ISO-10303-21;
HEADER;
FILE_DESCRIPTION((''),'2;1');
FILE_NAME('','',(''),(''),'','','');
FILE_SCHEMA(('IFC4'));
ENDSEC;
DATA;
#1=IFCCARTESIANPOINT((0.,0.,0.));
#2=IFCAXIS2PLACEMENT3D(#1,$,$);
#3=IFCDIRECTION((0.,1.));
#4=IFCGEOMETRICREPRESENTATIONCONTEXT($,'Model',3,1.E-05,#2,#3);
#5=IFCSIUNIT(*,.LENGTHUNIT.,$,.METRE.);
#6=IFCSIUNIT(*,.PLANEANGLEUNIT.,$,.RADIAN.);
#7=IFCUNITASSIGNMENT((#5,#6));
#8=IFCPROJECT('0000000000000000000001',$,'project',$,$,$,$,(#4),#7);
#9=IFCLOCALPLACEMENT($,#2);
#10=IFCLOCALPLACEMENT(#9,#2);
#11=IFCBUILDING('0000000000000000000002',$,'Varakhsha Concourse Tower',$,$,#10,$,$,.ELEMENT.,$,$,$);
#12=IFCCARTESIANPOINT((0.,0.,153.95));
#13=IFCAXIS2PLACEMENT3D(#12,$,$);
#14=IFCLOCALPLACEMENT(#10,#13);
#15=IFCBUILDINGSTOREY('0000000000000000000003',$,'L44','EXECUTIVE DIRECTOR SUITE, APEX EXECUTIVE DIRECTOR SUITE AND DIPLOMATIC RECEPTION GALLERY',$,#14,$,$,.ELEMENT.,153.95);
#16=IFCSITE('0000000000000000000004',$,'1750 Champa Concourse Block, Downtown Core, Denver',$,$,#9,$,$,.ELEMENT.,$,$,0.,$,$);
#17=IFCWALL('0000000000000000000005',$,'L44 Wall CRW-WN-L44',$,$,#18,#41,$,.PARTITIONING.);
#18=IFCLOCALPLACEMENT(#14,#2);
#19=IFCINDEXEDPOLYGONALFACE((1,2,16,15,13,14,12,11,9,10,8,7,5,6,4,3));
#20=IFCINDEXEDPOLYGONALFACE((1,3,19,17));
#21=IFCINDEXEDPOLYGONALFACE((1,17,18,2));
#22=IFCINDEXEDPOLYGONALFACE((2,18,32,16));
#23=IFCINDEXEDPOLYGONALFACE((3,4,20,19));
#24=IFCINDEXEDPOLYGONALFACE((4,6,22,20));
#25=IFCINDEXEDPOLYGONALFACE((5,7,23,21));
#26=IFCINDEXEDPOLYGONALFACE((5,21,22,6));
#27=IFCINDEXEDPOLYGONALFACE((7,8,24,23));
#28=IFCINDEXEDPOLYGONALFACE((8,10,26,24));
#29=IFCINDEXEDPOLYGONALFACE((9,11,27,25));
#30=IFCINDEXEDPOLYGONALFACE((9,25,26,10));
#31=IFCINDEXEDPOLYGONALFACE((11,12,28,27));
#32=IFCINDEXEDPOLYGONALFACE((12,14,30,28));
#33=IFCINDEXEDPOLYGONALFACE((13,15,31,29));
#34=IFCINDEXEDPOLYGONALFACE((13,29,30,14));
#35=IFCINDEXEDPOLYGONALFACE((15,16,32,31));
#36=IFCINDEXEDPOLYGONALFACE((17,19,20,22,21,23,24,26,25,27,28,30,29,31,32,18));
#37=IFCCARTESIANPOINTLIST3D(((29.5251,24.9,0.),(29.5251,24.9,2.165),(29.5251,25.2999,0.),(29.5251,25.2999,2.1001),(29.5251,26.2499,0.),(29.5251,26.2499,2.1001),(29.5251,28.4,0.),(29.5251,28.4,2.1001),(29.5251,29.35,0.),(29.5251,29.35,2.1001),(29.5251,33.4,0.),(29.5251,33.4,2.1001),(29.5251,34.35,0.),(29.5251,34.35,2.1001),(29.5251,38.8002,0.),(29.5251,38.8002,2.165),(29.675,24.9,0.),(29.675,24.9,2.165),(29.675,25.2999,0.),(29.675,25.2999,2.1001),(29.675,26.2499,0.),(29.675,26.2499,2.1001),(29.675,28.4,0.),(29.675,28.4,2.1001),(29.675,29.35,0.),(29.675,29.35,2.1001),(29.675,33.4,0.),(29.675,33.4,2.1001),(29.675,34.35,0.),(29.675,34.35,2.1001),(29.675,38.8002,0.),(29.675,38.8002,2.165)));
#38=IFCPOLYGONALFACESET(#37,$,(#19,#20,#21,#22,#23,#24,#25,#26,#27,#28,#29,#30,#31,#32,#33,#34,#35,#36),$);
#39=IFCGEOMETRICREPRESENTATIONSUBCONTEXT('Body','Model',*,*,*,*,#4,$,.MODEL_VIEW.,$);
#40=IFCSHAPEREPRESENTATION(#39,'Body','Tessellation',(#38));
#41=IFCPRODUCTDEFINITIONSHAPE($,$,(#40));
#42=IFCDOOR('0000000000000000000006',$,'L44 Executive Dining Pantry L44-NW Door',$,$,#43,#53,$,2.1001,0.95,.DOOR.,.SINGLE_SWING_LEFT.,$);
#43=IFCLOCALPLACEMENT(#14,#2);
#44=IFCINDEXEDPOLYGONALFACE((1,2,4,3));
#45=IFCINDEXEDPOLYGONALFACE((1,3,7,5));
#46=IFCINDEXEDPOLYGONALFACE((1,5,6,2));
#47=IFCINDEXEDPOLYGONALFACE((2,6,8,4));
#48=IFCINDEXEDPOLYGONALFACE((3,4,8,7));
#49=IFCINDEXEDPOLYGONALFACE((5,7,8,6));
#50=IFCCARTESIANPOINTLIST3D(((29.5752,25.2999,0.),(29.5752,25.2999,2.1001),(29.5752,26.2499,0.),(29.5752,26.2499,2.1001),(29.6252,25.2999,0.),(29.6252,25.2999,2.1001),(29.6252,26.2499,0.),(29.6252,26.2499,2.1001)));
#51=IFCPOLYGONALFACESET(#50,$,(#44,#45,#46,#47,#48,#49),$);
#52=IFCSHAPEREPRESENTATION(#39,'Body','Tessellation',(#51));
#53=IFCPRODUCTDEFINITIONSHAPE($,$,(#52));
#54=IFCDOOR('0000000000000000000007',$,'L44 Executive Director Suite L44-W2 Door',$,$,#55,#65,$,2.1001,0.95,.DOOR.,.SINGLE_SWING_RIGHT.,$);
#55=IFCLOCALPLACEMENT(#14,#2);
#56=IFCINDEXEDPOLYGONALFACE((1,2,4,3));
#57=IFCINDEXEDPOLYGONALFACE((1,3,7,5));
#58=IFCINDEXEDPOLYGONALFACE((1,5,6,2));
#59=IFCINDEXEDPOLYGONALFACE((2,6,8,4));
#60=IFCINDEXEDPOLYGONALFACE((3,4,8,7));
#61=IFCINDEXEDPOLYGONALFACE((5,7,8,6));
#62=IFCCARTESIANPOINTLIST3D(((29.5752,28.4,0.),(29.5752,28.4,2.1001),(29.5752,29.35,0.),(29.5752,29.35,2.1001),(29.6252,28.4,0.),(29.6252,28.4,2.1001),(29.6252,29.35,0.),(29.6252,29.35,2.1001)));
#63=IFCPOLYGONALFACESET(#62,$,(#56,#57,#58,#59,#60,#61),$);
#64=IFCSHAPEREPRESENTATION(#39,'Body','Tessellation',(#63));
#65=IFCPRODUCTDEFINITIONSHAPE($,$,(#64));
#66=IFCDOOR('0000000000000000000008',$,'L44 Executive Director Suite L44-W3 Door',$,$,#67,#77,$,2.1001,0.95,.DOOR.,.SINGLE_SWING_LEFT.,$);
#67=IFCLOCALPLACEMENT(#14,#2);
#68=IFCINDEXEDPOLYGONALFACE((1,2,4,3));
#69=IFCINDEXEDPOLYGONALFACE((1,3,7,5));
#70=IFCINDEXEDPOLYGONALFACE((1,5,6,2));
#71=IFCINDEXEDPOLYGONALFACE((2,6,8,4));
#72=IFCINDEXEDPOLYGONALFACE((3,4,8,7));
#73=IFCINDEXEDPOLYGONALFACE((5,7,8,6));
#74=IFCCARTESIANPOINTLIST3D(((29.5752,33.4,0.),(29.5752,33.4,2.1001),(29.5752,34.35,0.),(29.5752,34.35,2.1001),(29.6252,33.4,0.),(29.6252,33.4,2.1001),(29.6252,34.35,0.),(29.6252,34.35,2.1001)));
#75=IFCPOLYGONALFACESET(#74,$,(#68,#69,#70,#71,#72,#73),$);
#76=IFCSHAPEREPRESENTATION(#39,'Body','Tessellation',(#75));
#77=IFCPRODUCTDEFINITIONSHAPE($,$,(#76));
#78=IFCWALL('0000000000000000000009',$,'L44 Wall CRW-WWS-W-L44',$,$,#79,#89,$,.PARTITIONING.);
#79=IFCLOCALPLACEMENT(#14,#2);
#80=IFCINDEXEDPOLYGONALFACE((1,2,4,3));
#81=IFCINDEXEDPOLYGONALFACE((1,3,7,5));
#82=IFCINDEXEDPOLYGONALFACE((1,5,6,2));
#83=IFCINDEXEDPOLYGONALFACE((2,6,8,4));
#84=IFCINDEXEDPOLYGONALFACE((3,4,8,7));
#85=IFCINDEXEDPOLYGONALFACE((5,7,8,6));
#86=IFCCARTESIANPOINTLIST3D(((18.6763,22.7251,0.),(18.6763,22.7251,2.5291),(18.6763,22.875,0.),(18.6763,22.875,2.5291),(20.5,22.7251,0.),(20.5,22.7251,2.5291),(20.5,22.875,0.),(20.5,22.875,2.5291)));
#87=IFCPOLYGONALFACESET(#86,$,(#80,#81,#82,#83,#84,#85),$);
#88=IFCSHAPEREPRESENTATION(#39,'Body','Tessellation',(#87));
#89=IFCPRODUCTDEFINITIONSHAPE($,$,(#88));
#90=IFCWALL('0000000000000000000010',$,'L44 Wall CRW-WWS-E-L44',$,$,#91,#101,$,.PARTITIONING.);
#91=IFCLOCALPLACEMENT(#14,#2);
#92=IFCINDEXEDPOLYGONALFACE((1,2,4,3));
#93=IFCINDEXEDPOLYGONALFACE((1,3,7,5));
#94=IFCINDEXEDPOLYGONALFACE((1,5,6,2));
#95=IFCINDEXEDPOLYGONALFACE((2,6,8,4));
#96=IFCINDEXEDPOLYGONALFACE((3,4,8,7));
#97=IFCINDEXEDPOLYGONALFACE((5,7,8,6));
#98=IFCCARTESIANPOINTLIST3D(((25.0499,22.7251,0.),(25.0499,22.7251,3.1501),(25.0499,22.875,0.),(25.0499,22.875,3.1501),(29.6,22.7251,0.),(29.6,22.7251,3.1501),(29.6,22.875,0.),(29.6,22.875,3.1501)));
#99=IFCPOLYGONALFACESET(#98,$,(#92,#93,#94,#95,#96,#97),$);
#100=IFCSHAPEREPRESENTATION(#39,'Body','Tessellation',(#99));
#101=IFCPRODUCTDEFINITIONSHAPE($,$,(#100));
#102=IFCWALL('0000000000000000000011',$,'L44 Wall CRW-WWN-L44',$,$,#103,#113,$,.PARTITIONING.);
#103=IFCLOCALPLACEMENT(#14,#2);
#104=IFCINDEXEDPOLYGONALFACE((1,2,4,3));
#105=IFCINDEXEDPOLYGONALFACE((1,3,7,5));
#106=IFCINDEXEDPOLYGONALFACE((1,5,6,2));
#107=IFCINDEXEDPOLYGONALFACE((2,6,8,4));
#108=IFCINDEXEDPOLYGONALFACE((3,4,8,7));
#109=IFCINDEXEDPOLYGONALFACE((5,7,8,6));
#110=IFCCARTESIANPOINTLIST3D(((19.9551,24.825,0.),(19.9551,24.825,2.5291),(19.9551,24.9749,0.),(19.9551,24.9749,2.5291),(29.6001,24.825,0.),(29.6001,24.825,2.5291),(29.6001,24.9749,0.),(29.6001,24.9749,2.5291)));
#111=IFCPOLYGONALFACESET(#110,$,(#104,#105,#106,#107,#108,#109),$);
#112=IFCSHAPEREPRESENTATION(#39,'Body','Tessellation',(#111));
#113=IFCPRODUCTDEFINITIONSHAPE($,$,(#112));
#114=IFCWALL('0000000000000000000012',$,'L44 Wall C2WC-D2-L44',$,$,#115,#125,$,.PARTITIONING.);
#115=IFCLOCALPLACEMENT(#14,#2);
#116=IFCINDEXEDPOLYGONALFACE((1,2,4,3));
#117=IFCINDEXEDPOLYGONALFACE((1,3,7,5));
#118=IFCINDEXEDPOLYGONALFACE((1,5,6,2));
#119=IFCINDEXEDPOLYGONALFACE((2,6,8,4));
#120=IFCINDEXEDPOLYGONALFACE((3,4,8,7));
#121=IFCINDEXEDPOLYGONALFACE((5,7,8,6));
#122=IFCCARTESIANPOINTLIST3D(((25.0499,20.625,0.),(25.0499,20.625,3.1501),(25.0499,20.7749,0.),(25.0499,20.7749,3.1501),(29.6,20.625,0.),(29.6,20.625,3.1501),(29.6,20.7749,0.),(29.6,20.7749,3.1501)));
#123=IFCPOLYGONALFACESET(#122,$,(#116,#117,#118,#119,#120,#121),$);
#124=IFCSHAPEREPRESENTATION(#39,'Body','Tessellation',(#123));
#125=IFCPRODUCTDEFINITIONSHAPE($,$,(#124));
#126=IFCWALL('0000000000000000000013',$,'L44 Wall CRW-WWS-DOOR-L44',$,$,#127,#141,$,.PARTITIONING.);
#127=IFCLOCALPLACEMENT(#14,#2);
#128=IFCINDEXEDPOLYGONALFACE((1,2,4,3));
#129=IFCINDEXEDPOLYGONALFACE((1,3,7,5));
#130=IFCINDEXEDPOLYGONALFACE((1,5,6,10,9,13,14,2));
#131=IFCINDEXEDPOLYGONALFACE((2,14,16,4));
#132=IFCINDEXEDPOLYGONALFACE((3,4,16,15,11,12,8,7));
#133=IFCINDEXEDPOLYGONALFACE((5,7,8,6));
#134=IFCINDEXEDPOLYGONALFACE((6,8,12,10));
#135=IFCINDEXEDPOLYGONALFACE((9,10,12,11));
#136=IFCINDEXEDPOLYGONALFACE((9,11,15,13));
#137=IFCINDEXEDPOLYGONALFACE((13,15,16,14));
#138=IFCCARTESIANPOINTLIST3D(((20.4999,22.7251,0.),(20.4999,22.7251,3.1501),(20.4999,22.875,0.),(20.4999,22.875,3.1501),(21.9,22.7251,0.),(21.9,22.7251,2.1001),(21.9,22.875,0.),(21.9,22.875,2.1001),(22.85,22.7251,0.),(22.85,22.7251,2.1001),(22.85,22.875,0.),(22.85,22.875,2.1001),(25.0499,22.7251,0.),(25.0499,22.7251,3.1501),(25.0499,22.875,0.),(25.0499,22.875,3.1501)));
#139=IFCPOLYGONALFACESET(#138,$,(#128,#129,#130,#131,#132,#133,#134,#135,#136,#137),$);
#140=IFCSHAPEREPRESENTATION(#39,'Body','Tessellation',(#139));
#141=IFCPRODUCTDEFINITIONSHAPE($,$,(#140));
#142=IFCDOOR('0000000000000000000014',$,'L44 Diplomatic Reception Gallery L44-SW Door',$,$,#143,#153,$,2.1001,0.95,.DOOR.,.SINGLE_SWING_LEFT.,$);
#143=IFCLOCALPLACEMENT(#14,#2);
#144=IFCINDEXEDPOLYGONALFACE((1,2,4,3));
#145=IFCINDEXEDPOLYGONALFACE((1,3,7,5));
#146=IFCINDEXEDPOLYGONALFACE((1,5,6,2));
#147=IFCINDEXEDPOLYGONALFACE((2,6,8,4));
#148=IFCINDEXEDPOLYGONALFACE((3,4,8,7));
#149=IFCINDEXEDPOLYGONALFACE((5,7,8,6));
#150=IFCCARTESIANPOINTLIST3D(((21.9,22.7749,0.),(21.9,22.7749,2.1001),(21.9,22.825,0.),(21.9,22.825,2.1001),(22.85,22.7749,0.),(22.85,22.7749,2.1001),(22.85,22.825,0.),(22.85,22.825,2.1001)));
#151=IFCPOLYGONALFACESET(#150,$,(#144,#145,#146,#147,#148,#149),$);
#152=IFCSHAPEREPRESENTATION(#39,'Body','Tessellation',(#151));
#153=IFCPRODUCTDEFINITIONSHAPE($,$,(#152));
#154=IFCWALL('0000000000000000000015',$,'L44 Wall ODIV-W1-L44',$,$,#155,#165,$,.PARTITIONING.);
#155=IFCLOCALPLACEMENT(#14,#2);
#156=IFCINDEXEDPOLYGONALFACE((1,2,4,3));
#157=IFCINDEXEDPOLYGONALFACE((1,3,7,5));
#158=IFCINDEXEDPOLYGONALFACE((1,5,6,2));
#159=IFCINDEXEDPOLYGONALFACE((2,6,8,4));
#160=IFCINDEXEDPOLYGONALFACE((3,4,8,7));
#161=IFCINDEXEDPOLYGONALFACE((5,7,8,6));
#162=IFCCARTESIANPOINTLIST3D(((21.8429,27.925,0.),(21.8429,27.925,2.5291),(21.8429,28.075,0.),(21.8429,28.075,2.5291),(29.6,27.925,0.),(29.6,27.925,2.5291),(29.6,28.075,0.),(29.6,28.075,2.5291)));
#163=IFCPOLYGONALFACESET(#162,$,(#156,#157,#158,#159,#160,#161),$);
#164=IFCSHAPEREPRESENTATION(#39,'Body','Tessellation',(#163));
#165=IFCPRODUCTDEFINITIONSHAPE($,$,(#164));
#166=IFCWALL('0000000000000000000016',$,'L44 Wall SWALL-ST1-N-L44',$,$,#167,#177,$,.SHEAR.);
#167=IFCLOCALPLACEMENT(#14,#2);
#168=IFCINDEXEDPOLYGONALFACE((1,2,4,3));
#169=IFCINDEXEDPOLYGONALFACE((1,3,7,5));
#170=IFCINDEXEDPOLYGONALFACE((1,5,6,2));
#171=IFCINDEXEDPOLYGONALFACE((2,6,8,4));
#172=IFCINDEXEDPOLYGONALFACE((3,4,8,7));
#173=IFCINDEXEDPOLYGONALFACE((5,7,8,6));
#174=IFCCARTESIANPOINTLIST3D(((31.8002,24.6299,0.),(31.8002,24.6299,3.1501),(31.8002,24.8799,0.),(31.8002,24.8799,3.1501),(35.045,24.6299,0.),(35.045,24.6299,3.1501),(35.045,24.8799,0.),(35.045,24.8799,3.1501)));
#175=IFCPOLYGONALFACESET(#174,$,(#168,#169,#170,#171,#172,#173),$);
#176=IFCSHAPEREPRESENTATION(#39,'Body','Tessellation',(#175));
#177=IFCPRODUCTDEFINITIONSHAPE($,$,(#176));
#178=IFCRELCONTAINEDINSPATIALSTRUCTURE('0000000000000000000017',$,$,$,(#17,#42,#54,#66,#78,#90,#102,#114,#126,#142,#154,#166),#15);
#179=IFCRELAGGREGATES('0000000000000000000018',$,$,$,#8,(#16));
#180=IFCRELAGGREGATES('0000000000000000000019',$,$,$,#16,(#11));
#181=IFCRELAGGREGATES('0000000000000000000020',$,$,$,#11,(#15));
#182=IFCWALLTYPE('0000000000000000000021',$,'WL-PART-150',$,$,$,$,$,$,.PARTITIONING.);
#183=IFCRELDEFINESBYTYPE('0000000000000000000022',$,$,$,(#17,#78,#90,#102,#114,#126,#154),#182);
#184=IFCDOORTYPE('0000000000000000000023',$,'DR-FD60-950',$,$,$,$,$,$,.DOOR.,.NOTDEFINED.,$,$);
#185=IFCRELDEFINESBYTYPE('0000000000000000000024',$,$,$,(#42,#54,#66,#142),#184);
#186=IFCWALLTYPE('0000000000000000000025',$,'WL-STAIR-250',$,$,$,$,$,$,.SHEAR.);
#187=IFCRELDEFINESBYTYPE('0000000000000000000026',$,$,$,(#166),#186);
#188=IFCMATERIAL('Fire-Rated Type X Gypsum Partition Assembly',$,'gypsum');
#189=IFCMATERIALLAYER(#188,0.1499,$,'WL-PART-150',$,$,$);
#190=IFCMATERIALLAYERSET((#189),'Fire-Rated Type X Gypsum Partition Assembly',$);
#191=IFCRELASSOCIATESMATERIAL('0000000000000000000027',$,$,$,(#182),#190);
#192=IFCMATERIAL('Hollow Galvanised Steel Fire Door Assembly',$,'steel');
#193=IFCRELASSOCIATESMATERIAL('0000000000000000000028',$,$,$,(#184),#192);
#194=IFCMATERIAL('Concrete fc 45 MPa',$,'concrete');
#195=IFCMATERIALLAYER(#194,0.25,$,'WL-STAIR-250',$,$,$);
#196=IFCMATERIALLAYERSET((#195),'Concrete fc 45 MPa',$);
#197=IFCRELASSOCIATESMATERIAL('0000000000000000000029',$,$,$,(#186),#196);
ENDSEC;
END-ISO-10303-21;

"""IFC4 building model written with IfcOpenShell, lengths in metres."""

from ifc_helpers import new_model, si_unit, direction, frame, frame_2d, origin, place, context, subcontext, project, spatial, rectangle, extrude, material, layer, layer_set, type_object, element, fill, save


model = new_model("IFC4")

# Units and contexts
model_context = context("Model", 3, precision=1e-05, world=origin(), true_north=direction((0.0, 1.0)))
body_context = subcontext(model_context, "Body", "Model", "MODEL_VIEW")
ifc_project = project(units=[si_unit("LENGTHUNIT", "METRE"), si_unit("PLANEANGLEUNIT", "RADIAN")], contexts=[model_context])

# Site, building, storey
site_placement = place(None, origin())
site = spatial("IfcSite", under=ifc_project, at=site_placement, Name="1750 Champa Concourse Block, Downtown Core, Denver", CompositionType="ELEMENT", RefElevation=0.0)
building_placement = place(site_placement, origin())
building = spatial("IfcBuilding", under=site, at=building_placement, Name="Varakhsha Concourse Tower", CompositionType="ELEMENT")
storey_placement = place(building_placement, frame((0.0, 0.0, 153.95)))
storey = spatial("IfcBuildingStorey", under=building, at=storey_placement, Name="L44", Description="EXECUTIVE DIRECTOR SUITE, APEX EXECUTIVE DIRECTOR SUITE AND DIPLOMATIC RECEPTION GALLERY", CompositionType="ELEMENT", Elevation=153.95)

# Wall, openings, doors
ifc_material_1 = material(Name="Fire-Rated Type X Gypsum Partition Assembly", Category="gypsum")
ifc_layer_1 = layer(ifc_material_1, 0.1499, Name="WL-PART-150")
ifc_layer_set_1 = layer_set([ifc_layer_1], Name="Fire-Rated Type X Gypsum Partition Assembly")
wall_type_1 = type_object("IfcWallType", Name="WL-PART-150", PredefinedType="PARTITIONING", material=ifc_layer_set_1)
wall_1_placement = place(storey_placement, frame((29.6001, 24.8999, 0.0), z_axis=(0.0, 0.0, 1.0), x_axis=(0.0, 1.0, 0.0)))
wall_1 = element("IfcWall", 1, at=wall_1_placement, inside=storey, type_object=wall_type_1, Name="L44 Wall CRW-WN-L44", PredefinedType="PARTITIONING", context=body_context, shape_type="SweptSolid", body=[
    extrude(rectangle(XDim=13.9001, YDim=0.1499, at=frame_2d((6.9502, 0.0))), origin(), (0.0, 0.0, 1.0), 2.165),
])
opening_1_placement = place(wall_1_placement, frame((0.3999, 0.0, 0.0)))
opening_1 = element("IfcOpeningElement", 2, at=opening_1_placement, cuts=wall_1, PredefinedType="OPENING", context=body_context, shape_type="SweptSolid", body=[
    extrude(rectangle(XDim=0.95, YDim=2.1001, at=frame_2d((0.4751, 1.05))), frame((0.0, 0.085, 0.0), z_axis=(0.0, -1.0, 0.0), x_axis=(1.0, 0.0, 0.0)), (0.0, 0.0, 1.0), 0.1699),
])
opening_2_placement = place(wall_1_placement, frame((3.5, 0.0, 0.0)))
opening_2 = element("IfcOpeningElement", 3, at=opening_2_placement, cuts=wall_1, PredefinedType="OPENING", context=body_context, shape_type="SweptSolid", body=[
    extrude(rectangle(XDim=0.95, YDim=2.1001, at=frame_2d((0.4751, 1.05))), frame((0.0, 0.085, 0.0), z_axis=(0.0, -1.0, 0.0), x_axis=(1.0, 0.0, 0.0)), (0.0, 0.0, 1.0), 0.1699),
])
opening_3_placement = place(wall_1_placement, frame((8.5, 0.0, 0.0)))
opening_3 = element("IfcOpeningElement", 4, at=opening_3_placement, cuts=wall_1, PredefinedType="OPENING", context=body_context, shape_type="SweptSolid", body=[
    extrude(rectangle(XDim=0.95, YDim=2.1001, at=frame_2d((0.4751, 1.05))), frame((0.0, 0.085, 0.0), z_axis=(0.0, -1.0, 0.0), x_axis=(1.0, 0.0, 0.0)), (0.0, 0.0, 1.0), 0.1699),
])
ifc_material_2 = material(Name="Hollow Galvanised Steel Fire Door Assembly", Category="steel")
door_type_1 = type_object("IfcDoorType", Name="DR-FD60-950", OperationType="NOTDEFINED", PredefinedType="DOOR", material=ifc_material_2)
door_1_placement = place(opening_1_placement, origin())
door_1 = element("IfcDoor", 5, at=door_1_placement, inside=storey, type_object=door_type_1, Name="L44 Executive Dining Pantry L44-NW Door", OperationType="SINGLE_SWING_LEFT", OverallHeight=2.1001, OverallWidth=0.95, PredefinedType="DOOR", context=body_context, shape_type="SweptSolid", body=[
    extrude(rectangle(XDim=0.95, YDim=2.1001, at=frame_2d((0.4751, 1.05))), frame((0.0, 0.0249, 0.0), z_axis=(0.0, -1.0, 0.0), x_axis=(1.0, 0.0, 0.0)), (0.0, 0.0, 1.0), 0.05),
])
fill(opening_1, door_1)
door_2_placement = place(opening_2_placement, origin())
door_2 = element("IfcDoor", 6, at=door_2_placement, inside=storey, type_object=door_type_1, Name="L44 Executive Director Suite L44-W2 Door", OperationType="SINGLE_SWING_RIGHT", OverallHeight=2.1001, OverallWidth=0.95, PredefinedType="DOOR", context=body_context, shape_type="SweptSolid", body=[
    extrude(rectangle(XDim=0.95, YDim=2.1001, at=frame_2d((0.4751, 1.05))), frame((0.0, 0.0249, 0.0), z_axis=(0.0, -1.0, 0.0), x_axis=(1.0, 0.0, 0.0)), (0.0, 0.0, 1.0), 0.05),
])
fill(opening_2, door_2)
door_3_placement = place(opening_3_placement, origin())
door_3 = element("IfcDoor", 7, at=door_3_placement, inside=storey, type_object=door_type_1, Name="L44 Executive Director Suite L44-W3 Door", OperationType="SINGLE_SWING_LEFT", OverallHeight=2.1001, OverallWidth=0.95, PredefinedType="DOOR", context=body_context, shape_type="SweptSolid", body=[
    extrude(rectangle(XDim=0.95, YDim=2.1001, at=frame_2d((0.4751, 1.05))), frame((0.0, 0.0249, 0.0), z_axis=(0.0, -1.0, 0.0), x_axis=(1.0, 0.0, 0.0)), (0.0, 0.0, 1.0), 0.05),
])
fill(opening_3, door_3)

# Walls
wall_2_placement = place(storey_placement, frame((18.6763, 22.8, 0.0), z_axis=(0.0, 0.0, 1.0), x_axis=(1.0, 0.0, 0.0)))
element("IfcWall", 8, at=wall_2_placement, inside=storey, type_object=wall_type_1, Name="L44 Wall CRW-WWS-W-L44", PredefinedType="PARTITIONING", context=body_context, shape_type="SweptSolid", body=[
    extrude(rectangle(XDim=1.8237, YDim=0.1499, at=frame_2d((0.9119, 0.0))), origin(), (0.0, 0.0, 1.0), 2.5291),
])
wall_3_placement = place(storey_placement, frame((25.05, 22.8, 0.0), z_axis=(0.0, 0.0, 1.0), x_axis=(1.0, 0.0, 0.0)))
element("IfcWall", 9, at=wall_3_placement, inside=storey, type_object=wall_type_1, Name="L44 Wall CRW-WWS-E-L44", PredefinedType="PARTITIONING", context=body_context, shape_type="SweptSolid", body=[
    extrude(rectangle(XDim=4.55, YDim=0.1499, at=frame_2d((2.2749, 0.0))), origin(), (0.0, 0.0, 1.0), 3.1501),
])
wall_4_placement = place(storey_placement, frame((19.9551, 24.8999, 0.0), z_axis=(0.0, 0.0, 1.0), x_axis=(1.0, 0.0, 0.0)))
element("IfcWall", 10, at=wall_4_placement, inside=storey, type_object=wall_type_1, Name="L44 Wall CRW-WWN-L44", PredefinedType="PARTITIONING", context=body_context, shape_type="SweptSolid", body=[
    extrude(rectangle(XDim=9.645, YDim=0.1499, at=frame_2d((4.8225, 0.0))), origin(), (0.0, 0.0, 1.0), 2.5291),
])
wall_5_placement = place(storey_placement, frame((25.05, 20.7, 0.0), z_axis=(0.0, 0.0, 1.0), x_axis=(1.0, 0.0, 0.0)))
element("IfcWall", 11, at=wall_5_placement, inside=storey, type_object=wall_type_1, Name="L44 Wall C2WC-D2-L44", PredefinedType="PARTITIONING", context=body_context, shape_type="SweptSolid", body=[
    extrude(rectangle(XDim=4.55, YDim=0.1499, at=frame_2d((2.2749, 0.0))), origin(), (0.0, 0.0, 1.0), 3.1501),
])

# Wall, opening, door
wall_6_placement = place(storey_placement, frame((20.5, 22.8, 0.0), z_axis=(0.0, 0.0, 1.0), x_axis=(1.0, 0.0, 0.0)))
wall_6 = element("IfcWall", 12, at=wall_6_placement, inside=storey, type_object=wall_type_1, Name="L44 Wall CRW-WWS-DOOR-L44", PredefinedType="PARTITIONING", context=body_context, shape_type="SweptSolid", body=[
    extrude(rectangle(XDim=4.55, YDim=0.1499, at=frame_2d((2.2749, 0.0))), origin(), (0.0, 0.0, 1.0), 3.1501),
])
opening_4_placement = place(wall_6_placement, frame((1.3999, 0.0, 0.0)))
opening_4 = element("IfcOpeningElement", 13, at=opening_4_placement, cuts=wall_6, PredefinedType="OPENING", context=body_context, shape_type="SweptSolid", body=[
    extrude(rectangle(XDim=0.95, YDim=2.1001, at=frame_2d((0.4751, 1.05))), frame((0.0, 0.085, 0.0), z_axis=(0.0, -1.0, 0.0), x_axis=(1.0, 0.0, 0.0)), (0.0, 0.0, 1.0), 0.1699),
])
door_4_placement = place(opening_4_placement, origin())
door_4 = element("IfcDoor", 14, at=door_4_placement, inside=storey, type_object=door_type_1, Name="L44 Diplomatic Reception Gallery L44-SW Door", OperationType="SINGLE_SWING_LEFT", OverallHeight=2.1001, OverallWidth=0.95, PredefinedType="DOOR", context=body_context, shape_type="SweptSolid", body=[
    extrude(rectangle(XDim=0.95, YDim=2.1001, at=frame_2d((0.4751, 1.05))), frame((0.0, 0.0249, 0.0), z_axis=(0.0, -1.0, 0.0), x_axis=(1.0, 0.0, 0.0)), (0.0, 0.0, 1.0), 0.05),
])
fill(opening_4, door_4)

# Wall
wall_7_placement = place(storey_placement, frame((21.843, 28.0, 0.0), z_axis=(0.0, 0.0, 1.0), x_axis=(1.0, 0.0, 0.0)))
element("IfcWall", 15, at=wall_7_placement, inside=storey, type_object=wall_type_1, Name="L44 Wall ODIV-W1-L44", PredefinedType="PARTITIONING", context=body_context, shape_type="SweptSolid", body=[
    extrude(rectangle(XDim=7.7571, YDim=0.1499, at=frame_2d((3.8784, 0.0))), origin(), (0.0, 0.0, 1.0), 2.5291),
])

# Wall
ifc_material_3 = material(Name="Concrete fc 45 MPa", Category="concrete")
ifc_layer_2 = layer(ifc_material_3, 0.25, Name="WL-STAIR-250")
ifc_layer_set_2 = layer_set([ifc_layer_2], Name="Concrete fc 45 MPa")
wall_type_2 = type_object("IfcWallType", Name="WL-STAIR-250", PredefinedType="SHEAR", material=ifc_layer_set_2)
wall_8_placement = place(storey_placement, frame((31.8, 24.7549, 0.0), z_axis=(0.0, 0.0, 1.0), x_axis=(1.0, 0.0, 0.0)))
element("IfcWall", 16, at=wall_8_placement, inside=storey, type_object=wall_type_2, Name="L44 Wall SWALL-ST1-N-L44", PredefinedType="SHEAR", context=body_context, shape_type="SweptSolid", body=[
    extrude(rectangle(XDim=3.2449, YDim=0.25, at=frame_2d((1.6226, 0.0))), origin(), (0.0, 0.0, 1.0), 3.1501),
])

save(model, "model.ifc")
